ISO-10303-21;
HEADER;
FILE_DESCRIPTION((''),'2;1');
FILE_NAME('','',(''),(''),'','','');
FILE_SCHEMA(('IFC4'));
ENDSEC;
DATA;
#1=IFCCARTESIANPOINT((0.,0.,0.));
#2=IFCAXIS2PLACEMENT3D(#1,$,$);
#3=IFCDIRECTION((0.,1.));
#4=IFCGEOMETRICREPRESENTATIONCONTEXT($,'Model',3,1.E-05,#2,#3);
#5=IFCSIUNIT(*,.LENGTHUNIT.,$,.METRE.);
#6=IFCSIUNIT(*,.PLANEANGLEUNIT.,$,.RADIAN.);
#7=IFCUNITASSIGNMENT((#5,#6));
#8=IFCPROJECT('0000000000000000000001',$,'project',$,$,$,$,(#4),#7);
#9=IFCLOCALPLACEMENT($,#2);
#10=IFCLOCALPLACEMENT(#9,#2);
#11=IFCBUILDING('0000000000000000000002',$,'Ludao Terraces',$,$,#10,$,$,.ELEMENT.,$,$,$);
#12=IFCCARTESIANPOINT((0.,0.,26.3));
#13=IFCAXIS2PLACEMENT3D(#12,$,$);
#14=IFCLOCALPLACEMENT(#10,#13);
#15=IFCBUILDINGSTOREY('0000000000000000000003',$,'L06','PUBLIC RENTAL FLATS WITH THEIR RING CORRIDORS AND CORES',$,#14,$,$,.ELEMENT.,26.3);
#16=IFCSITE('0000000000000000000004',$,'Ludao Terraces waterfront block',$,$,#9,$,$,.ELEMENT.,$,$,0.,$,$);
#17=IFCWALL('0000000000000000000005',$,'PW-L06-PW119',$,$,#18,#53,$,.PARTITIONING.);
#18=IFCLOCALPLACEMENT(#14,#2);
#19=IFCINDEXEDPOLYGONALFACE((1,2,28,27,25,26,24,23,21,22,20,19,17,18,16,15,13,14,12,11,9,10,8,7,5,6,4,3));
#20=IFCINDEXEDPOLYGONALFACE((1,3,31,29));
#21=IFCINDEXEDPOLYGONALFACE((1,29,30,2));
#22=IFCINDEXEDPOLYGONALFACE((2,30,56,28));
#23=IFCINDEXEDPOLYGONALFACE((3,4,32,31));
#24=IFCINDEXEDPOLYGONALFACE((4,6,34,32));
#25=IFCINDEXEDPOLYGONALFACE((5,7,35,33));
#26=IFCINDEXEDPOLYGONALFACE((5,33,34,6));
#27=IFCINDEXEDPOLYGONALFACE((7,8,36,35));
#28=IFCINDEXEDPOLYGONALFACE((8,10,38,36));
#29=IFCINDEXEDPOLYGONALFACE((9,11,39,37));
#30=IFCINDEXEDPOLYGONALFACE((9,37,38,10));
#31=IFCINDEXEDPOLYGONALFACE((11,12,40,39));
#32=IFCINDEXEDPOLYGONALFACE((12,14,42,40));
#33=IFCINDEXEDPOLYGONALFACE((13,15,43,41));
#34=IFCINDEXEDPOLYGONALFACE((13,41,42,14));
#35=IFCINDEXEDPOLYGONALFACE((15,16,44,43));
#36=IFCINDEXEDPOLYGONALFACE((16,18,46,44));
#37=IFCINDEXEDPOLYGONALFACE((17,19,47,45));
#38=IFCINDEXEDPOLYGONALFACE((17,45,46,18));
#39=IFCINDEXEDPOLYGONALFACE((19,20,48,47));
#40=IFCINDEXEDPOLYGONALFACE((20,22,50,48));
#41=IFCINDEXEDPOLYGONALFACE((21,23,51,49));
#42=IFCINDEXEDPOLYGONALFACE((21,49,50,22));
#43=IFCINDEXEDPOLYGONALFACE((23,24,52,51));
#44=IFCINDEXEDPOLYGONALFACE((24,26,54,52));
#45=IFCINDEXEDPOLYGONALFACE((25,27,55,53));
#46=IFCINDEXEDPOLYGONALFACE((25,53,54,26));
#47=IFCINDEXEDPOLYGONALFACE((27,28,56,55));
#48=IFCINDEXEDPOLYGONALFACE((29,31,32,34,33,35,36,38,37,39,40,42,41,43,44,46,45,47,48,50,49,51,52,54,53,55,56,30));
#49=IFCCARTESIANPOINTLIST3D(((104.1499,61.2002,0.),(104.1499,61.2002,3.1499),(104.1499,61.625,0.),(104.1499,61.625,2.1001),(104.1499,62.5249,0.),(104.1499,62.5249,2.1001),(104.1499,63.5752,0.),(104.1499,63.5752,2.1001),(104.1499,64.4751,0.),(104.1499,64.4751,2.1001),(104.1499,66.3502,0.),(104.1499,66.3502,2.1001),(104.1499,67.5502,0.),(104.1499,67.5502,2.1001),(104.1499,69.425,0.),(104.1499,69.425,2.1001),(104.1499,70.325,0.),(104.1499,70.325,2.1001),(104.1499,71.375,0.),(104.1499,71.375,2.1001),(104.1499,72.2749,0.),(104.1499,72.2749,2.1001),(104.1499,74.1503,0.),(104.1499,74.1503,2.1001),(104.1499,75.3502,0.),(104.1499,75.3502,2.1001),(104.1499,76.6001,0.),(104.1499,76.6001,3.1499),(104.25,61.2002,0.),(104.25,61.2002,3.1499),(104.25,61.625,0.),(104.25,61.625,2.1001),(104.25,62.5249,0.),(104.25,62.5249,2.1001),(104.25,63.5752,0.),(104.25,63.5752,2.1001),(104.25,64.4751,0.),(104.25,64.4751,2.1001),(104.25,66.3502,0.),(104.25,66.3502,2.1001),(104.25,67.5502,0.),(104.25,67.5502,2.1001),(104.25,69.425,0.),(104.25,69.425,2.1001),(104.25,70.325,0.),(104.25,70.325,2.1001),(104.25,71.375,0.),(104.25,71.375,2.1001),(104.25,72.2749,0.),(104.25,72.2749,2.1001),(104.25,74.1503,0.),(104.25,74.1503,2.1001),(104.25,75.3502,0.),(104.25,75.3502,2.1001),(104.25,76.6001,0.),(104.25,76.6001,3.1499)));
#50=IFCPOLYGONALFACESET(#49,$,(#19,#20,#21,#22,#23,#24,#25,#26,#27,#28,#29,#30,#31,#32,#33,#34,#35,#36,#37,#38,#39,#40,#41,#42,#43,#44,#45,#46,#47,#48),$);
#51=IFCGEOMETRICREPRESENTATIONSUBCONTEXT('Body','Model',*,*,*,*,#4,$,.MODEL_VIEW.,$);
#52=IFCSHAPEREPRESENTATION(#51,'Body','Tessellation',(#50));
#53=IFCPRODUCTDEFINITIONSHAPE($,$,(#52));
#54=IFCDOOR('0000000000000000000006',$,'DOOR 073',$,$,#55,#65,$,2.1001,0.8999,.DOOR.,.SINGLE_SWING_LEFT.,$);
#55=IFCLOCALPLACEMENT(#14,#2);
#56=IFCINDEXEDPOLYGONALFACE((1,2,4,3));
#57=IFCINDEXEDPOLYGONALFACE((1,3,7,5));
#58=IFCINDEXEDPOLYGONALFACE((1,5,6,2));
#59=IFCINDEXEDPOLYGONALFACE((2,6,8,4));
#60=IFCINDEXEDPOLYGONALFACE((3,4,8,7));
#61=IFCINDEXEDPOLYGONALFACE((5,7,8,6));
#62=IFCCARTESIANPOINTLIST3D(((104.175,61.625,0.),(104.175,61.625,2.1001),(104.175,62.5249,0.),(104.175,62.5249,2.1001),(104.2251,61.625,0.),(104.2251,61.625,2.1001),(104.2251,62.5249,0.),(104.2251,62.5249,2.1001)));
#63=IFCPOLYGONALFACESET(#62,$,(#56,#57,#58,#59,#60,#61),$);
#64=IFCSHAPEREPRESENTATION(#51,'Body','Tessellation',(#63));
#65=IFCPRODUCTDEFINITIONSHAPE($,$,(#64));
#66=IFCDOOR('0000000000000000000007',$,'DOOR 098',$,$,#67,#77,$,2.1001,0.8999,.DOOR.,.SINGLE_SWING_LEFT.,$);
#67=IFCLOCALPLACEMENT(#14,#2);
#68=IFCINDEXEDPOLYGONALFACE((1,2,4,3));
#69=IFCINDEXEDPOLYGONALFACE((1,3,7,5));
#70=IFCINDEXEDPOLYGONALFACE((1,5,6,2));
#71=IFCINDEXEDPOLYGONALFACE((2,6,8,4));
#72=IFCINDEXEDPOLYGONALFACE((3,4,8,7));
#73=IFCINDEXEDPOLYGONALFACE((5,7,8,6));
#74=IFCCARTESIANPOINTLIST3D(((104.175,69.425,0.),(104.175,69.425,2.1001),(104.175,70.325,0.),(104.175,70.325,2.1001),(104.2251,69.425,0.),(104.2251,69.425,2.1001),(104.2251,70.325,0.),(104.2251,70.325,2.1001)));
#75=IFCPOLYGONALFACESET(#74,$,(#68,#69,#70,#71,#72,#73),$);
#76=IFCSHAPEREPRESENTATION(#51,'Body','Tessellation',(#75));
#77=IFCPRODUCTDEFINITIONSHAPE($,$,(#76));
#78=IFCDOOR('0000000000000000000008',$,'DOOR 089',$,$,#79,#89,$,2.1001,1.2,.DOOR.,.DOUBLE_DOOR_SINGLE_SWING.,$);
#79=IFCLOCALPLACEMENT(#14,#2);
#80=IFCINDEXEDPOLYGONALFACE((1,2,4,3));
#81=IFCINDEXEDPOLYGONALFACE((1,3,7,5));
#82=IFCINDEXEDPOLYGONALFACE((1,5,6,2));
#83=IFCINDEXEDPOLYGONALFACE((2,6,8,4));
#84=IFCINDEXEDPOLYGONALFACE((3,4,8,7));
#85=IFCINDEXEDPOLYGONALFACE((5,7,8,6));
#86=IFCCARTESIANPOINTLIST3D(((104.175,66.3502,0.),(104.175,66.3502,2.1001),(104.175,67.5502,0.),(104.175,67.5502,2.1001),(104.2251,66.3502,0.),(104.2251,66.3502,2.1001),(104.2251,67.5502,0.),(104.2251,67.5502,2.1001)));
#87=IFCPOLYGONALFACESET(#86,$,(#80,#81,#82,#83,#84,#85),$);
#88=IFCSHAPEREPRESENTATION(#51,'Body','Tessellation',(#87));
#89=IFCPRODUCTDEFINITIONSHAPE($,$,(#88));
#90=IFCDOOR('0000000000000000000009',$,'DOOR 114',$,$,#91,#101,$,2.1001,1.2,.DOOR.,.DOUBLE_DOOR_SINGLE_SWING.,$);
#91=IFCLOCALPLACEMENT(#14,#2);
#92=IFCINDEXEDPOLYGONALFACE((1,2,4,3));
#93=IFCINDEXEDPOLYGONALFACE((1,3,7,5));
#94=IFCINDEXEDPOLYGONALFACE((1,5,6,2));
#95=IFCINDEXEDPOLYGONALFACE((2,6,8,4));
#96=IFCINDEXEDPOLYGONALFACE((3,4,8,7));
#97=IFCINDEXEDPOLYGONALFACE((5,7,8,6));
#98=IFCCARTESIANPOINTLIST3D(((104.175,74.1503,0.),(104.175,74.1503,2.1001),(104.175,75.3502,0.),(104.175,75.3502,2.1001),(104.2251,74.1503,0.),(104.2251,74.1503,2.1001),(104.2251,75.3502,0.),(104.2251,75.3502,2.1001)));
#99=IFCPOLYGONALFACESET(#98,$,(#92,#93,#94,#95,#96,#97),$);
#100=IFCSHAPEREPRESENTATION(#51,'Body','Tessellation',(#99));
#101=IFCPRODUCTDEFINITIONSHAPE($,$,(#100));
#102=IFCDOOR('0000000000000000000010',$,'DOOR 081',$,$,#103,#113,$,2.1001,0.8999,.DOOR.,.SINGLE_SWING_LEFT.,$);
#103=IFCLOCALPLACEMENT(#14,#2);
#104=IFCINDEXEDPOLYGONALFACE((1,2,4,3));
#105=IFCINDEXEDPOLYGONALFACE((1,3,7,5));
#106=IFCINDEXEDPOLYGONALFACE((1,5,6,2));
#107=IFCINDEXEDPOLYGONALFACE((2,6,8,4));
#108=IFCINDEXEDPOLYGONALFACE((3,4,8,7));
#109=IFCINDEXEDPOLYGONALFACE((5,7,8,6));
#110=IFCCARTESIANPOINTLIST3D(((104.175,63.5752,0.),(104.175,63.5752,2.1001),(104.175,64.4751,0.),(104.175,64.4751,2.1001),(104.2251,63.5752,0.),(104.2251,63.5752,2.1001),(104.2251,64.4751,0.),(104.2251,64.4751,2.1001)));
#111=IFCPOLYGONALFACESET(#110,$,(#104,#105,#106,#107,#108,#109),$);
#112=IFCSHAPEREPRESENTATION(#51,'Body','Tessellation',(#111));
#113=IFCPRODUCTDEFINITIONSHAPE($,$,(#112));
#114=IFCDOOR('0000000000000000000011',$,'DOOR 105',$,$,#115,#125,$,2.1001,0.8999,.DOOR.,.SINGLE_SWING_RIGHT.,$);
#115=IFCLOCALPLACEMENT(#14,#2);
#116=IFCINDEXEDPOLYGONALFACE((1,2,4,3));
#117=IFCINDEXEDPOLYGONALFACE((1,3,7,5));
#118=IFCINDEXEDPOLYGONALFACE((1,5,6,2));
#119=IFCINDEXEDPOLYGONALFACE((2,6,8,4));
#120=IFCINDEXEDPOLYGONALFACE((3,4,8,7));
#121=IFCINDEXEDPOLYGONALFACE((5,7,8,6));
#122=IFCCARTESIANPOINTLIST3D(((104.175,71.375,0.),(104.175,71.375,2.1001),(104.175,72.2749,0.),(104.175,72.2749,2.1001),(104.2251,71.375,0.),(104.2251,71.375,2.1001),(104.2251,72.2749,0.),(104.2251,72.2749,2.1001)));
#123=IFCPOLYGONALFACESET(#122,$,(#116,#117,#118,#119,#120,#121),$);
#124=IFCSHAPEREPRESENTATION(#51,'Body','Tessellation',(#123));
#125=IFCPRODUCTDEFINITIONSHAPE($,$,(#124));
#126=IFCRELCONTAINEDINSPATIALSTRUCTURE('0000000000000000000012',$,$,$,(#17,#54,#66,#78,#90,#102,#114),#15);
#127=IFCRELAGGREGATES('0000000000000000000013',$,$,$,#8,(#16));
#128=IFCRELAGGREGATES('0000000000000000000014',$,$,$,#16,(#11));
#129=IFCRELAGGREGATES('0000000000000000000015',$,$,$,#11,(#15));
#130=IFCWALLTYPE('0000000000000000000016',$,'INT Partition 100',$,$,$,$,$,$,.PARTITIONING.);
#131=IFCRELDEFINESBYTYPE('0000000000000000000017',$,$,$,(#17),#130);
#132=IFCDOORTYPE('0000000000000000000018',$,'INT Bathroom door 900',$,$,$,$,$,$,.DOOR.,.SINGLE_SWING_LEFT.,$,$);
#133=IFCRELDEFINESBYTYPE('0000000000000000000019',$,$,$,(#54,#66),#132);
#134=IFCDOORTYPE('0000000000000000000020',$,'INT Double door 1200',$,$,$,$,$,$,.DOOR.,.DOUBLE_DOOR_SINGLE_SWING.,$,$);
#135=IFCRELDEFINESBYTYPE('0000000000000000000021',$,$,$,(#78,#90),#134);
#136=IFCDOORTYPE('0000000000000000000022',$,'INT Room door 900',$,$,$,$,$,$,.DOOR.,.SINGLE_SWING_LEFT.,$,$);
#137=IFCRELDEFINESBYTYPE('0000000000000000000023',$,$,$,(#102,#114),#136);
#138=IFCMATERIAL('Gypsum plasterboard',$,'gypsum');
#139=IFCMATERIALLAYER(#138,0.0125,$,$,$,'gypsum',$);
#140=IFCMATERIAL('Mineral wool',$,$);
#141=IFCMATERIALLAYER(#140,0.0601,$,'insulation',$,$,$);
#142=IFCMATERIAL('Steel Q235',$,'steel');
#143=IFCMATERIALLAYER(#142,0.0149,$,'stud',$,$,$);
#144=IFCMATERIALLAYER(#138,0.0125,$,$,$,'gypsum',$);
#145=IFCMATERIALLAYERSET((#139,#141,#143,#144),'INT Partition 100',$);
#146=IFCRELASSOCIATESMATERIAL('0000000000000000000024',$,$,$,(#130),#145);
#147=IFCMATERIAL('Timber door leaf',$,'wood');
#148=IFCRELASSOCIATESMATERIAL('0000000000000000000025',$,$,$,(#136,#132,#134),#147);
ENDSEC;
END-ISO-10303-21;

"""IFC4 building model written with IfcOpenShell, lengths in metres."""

from ifc_helpers import new_model, si_unit, direction, frame, frame_2d, origin, place, context, subcontext, project, spatial, rectangle, extrude, material, layer, layer_set, type_object, element, fill, save


model = new_model("IFC4")

# Units and contexts
model_context = context("Model", 3, precision=1e-05, world=origin(), true_north=direction((0.0, 1.0)))
body_context = subcontext(model_context, "Body", "Model", "MODEL_VIEW")
ifc_project = project(units=[si_unit("LENGTHUNIT", "METRE"), si_unit("PLANEANGLEUNIT", "RADIAN")], contexts=[model_context])

# Site, building, storey
site_placement = place(None, origin())
site = spatial("IfcSite", under=ifc_project, at=site_placement, Name="Ludao Terraces waterfront block", CompositionType="ELEMENT", RefElevation=0.0)
building_placement = place(site_placement, origin())
building = spatial("IfcBuilding", under=site, at=building_placement, Name="Ludao Terraces", CompositionType="ELEMENT")
storey_placement = place(building_placement, frame((0.0, 0.0, 26.3)))
storey = spatial("IfcBuildingStorey", under=building, at=storey_placement, Name="L06", Description="PUBLIC RENTAL FLATS WITH THEIR RING CORRIDORS AND CORES", CompositionType="ELEMENT", Elevation=26.3)

# Shared definitions
ifc_material_1 = material(Name="Gypsum plasterboard", Category="gypsum")
ifc_layer_1 = layer(ifc_material_1, 0.0125, Category="gypsum")
ifc_material_2 = material(Name="Mineral wool")
ifc_layer_2 = layer(ifc_material_2, 0.0601, Name="insulation")
ifc_material_3 = material(Name="Steel Q235", Category="steel")
ifc_layer_3 = layer(ifc_material_3, 0.0149, Name="stud")
ifc_layer_4 = layer(ifc_material_1, 0.0125, Category="gypsum")
ifc_layer_set = layer_set([ifc_layer_1, ifc_layer_2, ifc_layer_3, ifc_layer_4], Name="INT Partition 100")
wall_type = type_object("IfcWallType", Name="INT Partition 100", PredefinedType="PARTITIONING", material=ifc_layer_set)

# Wall, openings, doors
ifc_material_4 = material(Name="Timber door leaf", Category="wood")
door_type_1 = type_object("IfcDoorType", Name="INT Room door 900", OperationType="SINGLE_SWING_LEFT", PredefinedType="DOOR", material=ifc_material_4)
door_type_2 = type_object("IfcDoorType", Name="INT Bathroom door 900", OperationType="SINGLE_SWING_LEFT", PredefinedType="DOOR", material=ifc_material_4)
wall_1_placement = place(storey_placement, frame((104.2, 61.2002, 0.0), z_axis=(0.0, 0.0, 1.0), x_axis=(0.0, 1.0, 0.0)))
wall_1 = element("IfcWall", 1, at=wall_1_placement, inside=storey, type_object=wall_type, Name="PW-L06-PW119", PredefinedType="PARTITIONING", context=body_context, shape_type="SweptSolid", body=[
    extrude(rectangle(XDim=15.3999, YDim=0.1001, at=frame_2d((7.7, 0.0))), origin(), (0.0, 0.0, 1.0), 3.1499),
])
opening_1_placement = place(wall_1_placement, frame((0.4248, 0.0, 0.0)))
opening_1 = element("IfcOpeningElement", 2, at=opening_1_placement, cuts=wall_1, PredefinedType="OPENING", context=body_context, shape_type="SweptSolid", body=[
    extrude(rectangle(XDim=0.8999, YDim=2.1001, at=frame_2d((0.45, 1.05))), frame((0.0, 0.0601, 0.0), z_axis=(0.0, -1.0, 0.0), x_axis=(1.0, 0.0, 0.0)), (0.0, 0.0, 1.0), 0.1201),
])
opening_2_placement = place(wall_1_placement, frame((2.375, 0.0, 0.0)))
opening_2 = element("IfcOpeningElement", 3, at=opening_2_placement, cuts=wall_1, PredefinedType="OPENING", context=body_context, shape_type="SweptSolid", body=[
    extrude(rectangle(XDim=0.8999, YDim=2.1001, at=frame_2d((0.45, 1.05))), frame((0.0, 0.0601, 0.0), z_axis=(0.0, -1.0, 0.0), x_axis=(1.0, 0.0, 0.0)), (0.0, 0.0, 1.0), 0.1201),
])
opening_3_placement = place(wall_1_placement, frame((5.1499, 0.0, 0.0)))
opening_3 = element("IfcOpeningElement", 4, at=opening_3_placement, cuts=wall_1, PredefinedType="OPENING", context=body_context, shape_type="SweptSolid", body=[
    extrude(rectangle(XDim=1.2, YDim=2.1001, at=frame_2d((0.6001, 1.05))), frame((0.0, 0.0601, 0.0), z_axis=(0.0, -1.0, 0.0), x_axis=(1.0, 0.0, 0.0)), (0.0, 0.0, 1.0), 0.1201),
])
opening_4_placement = place(wall_1_placement, frame((8.2249, 0.0, 0.0)))
opening_4 = element("IfcOpeningElement", 5, at=opening_4_placement, cuts=wall_1, PredefinedType="OPENING", context=body_context, shape_type="SweptSolid", body=[
    extrude(rectangle(XDim=0.8999, YDim=2.1001, at=frame_2d((0.45, 1.05))), frame((0.0, 0.0601, 0.0), z_axis=(0.0, -1.0, 0.0), x_axis=(1.0, 0.0, 0.0)), (0.0, 0.0, 1.0), 0.1201),
])
opening_5_placement = place(wall_1_placement, frame((10.1748, 0.0, 0.0)))
opening_5 = element("IfcOpeningElement", 6, at=opening_5_placement, cuts=wall_1, PredefinedType="OPENING", context=body_context, shape_type="SweptSolid", body=[
    extrude(rectangle(XDim=0.8999, YDim=2.1001, at=frame_2d((0.45, 1.05))), frame((0.0, 0.0601, 0.0), z_axis=(0.0, -1.0, 0.0), x_axis=(1.0, 0.0, 0.0)), (0.0, 0.0, 1.0), 0.1201),
])
opening_6_placement = place(wall_1_placement, frame((12.95, 0.0, 0.0)))
opening_6 = element("IfcOpeningElement", 7, at=opening_6_placement, cuts=wall_1, PredefinedType="OPENING", context=body_context, shape_type="SweptSolid", body=[
    extrude(rectangle(XDim=1.2, YDim=2.1001, at=frame_2d((0.6001, 1.05))), frame((0.0, 0.0601, 0.0), z_axis=(0.0, -1.0, 0.0), x_axis=(1.0, 0.0, 0.0)), (0.0, 0.0, 1.0), 0.1201),
])
door_1_placement = place(opening_1_placement, origin())
door_1 = element("IfcDoor", 8, at=door_1_placement, inside=storey, type_object=door_type_2, Name="DOOR 073", OperationType="SINGLE_SWING_LEFT", OverallHeight=2.1001, OverallWidth=0.8999, PredefinedType="DOOR", context=body_context, shape_type="SweptSolid", body=[
    extrude(rectangle(XDim=0.8999, YDim=2.1001, at=frame_2d((0.45, 1.05))), frame((0.0, 0.0249, 0.0), z_axis=(0.0, -1.0, 0.0), x_axis=(1.0, 0.0, 0.0)), (0.0, 0.0, 1.0), 0.05),
])
fill(opening_1, door_1)
door_2_placement = place(opening_4_placement, origin())
door_2 = element("IfcDoor", 9, at=door_2_placement, inside=storey, type_object=door_type_2, Name="DOOR 098", OperationType="SINGLE_SWING_LEFT", OverallHeight=2.1001, OverallWidth=0.8999, PredefinedType="DOOR", context=body_context, shape_type="SweptSolid", body=[
    extrude(rectangle(XDim=0.8999, YDim=2.1001, at=frame_2d((0.45, 1.05))), frame((0.0, 0.0249, 0.0), z_axis=(0.0, -1.0, 0.0), x_axis=(1.0, 0.0, 0.0)), (0.0, 0.0, 1.0), 0.05),
])
fill(opening_4, door_2)
door_type_3 = type_object("IfcDoorType", Name="INT Double door 1200", OperationType="DOUBLE_DOOR_SINGLE_SWING", PredefinedType="DOOR", material=ifc_material_4)
door_3_placement = place(opening_3_placement, origin())
door_3 = element("IfcDoor", 10, at=door_3_placement, inside=storey, type_object=door_type_3, Name="DOOR 089", OperationType="DOUBLE_DOOR_SINGLE_SWING", OverallHeight=2.1001, OverallWidth=1.2, PredefinedType="DOOR", context=body_context, shape_type="SweptSolid", body=[
    extrude(rectangle(XDim=1.2, YDim=2.1001, at=frame_2d((0.6001, 1.05))), frame((0.0, 0.0249, 0.0), z_axis=(0.0, -1.0, 0.0), x_axis=(1.0, 0.0, 0.0)), (0.0, 0.0, 1.0), 0.05),
])
fill(opening_3, door_3)
door_4_placement = place(opening_6_placement, origin())
door_4 = element("IfcDoor", 11, at=door_4_placement, inside=storey, type_object=door_type_3, Name="DOOR 114", OperationType="DOUBLE_DOOR_SINGLE_SWING", OverallHeight=2.1001, OverallWidth=1.2, PredefinedType="DOOR", context=body_context, shape_type="SweptSolid", body=[
    extrude(rectangle(XDim=1.2, YDim=2.1001, at=frame_2d((0.6001, 1.05))), frame((0.0, 0.0249, 0.0), z_axis=(0.0, -1.0, 0.0), x_axis=(1.0, 0.0, 0.0)), (0.0, 0.0, 1.0), 0.05),
])
fill(opening_6, door_4)
door_5_placement = place(opening_2_placement, origin())
door_5 = element("IfcDoor", 12, at=door_5_placement, inside=storey, type_object=door_type_1, Name="DOOR 081", OperationType="SINGLE_SWING_LEFT", OverallHeight=2.1001, OverallWidth=0.8999, PredefinedType="DOOR", context=body_context, shape_type="SweptSolid", body=[
    extrude(rectangle(XDim=0.8999, YDim=2.1001, at=frame_2d((0.45, 1.05))), frame((0.0, 0.0249, 0.0), z_axis=(0.0, -1.0, 0.0), x_axis=(1.0, 0.0, 0.0)), (0.0, 0.0, 1.0), 0.05),
])
fill(opening_2, door_5)
door_6_placement = place(opening_5_placement, origin())
door_6 = element("IfcDoor", 13, at=door_6_placement, inside=storey, type_object=door_type_1, Name="DOOR 105", OperationType="SINGLE_SWING_RIGHT", OverallHeight=2.1001, OverallWidth=0.8999, PredefinedType="DOOR", context=body_context, shape_type="SweptSolid", body=[
    extrude(rectangle(XDim=0.8999, YDim=2.1001, at=frame_2d((0.45, 1.05))), frame((0.0, 0.0249, 0.0), z_axis=(0.0, -1.0, 0.0), x_axis=(1.0, 0.0, 0.0)), (0.0, 0.0, 1.0), 0.05),
])
fill(opening_5, door_6)

save(model, "model.ifc")
